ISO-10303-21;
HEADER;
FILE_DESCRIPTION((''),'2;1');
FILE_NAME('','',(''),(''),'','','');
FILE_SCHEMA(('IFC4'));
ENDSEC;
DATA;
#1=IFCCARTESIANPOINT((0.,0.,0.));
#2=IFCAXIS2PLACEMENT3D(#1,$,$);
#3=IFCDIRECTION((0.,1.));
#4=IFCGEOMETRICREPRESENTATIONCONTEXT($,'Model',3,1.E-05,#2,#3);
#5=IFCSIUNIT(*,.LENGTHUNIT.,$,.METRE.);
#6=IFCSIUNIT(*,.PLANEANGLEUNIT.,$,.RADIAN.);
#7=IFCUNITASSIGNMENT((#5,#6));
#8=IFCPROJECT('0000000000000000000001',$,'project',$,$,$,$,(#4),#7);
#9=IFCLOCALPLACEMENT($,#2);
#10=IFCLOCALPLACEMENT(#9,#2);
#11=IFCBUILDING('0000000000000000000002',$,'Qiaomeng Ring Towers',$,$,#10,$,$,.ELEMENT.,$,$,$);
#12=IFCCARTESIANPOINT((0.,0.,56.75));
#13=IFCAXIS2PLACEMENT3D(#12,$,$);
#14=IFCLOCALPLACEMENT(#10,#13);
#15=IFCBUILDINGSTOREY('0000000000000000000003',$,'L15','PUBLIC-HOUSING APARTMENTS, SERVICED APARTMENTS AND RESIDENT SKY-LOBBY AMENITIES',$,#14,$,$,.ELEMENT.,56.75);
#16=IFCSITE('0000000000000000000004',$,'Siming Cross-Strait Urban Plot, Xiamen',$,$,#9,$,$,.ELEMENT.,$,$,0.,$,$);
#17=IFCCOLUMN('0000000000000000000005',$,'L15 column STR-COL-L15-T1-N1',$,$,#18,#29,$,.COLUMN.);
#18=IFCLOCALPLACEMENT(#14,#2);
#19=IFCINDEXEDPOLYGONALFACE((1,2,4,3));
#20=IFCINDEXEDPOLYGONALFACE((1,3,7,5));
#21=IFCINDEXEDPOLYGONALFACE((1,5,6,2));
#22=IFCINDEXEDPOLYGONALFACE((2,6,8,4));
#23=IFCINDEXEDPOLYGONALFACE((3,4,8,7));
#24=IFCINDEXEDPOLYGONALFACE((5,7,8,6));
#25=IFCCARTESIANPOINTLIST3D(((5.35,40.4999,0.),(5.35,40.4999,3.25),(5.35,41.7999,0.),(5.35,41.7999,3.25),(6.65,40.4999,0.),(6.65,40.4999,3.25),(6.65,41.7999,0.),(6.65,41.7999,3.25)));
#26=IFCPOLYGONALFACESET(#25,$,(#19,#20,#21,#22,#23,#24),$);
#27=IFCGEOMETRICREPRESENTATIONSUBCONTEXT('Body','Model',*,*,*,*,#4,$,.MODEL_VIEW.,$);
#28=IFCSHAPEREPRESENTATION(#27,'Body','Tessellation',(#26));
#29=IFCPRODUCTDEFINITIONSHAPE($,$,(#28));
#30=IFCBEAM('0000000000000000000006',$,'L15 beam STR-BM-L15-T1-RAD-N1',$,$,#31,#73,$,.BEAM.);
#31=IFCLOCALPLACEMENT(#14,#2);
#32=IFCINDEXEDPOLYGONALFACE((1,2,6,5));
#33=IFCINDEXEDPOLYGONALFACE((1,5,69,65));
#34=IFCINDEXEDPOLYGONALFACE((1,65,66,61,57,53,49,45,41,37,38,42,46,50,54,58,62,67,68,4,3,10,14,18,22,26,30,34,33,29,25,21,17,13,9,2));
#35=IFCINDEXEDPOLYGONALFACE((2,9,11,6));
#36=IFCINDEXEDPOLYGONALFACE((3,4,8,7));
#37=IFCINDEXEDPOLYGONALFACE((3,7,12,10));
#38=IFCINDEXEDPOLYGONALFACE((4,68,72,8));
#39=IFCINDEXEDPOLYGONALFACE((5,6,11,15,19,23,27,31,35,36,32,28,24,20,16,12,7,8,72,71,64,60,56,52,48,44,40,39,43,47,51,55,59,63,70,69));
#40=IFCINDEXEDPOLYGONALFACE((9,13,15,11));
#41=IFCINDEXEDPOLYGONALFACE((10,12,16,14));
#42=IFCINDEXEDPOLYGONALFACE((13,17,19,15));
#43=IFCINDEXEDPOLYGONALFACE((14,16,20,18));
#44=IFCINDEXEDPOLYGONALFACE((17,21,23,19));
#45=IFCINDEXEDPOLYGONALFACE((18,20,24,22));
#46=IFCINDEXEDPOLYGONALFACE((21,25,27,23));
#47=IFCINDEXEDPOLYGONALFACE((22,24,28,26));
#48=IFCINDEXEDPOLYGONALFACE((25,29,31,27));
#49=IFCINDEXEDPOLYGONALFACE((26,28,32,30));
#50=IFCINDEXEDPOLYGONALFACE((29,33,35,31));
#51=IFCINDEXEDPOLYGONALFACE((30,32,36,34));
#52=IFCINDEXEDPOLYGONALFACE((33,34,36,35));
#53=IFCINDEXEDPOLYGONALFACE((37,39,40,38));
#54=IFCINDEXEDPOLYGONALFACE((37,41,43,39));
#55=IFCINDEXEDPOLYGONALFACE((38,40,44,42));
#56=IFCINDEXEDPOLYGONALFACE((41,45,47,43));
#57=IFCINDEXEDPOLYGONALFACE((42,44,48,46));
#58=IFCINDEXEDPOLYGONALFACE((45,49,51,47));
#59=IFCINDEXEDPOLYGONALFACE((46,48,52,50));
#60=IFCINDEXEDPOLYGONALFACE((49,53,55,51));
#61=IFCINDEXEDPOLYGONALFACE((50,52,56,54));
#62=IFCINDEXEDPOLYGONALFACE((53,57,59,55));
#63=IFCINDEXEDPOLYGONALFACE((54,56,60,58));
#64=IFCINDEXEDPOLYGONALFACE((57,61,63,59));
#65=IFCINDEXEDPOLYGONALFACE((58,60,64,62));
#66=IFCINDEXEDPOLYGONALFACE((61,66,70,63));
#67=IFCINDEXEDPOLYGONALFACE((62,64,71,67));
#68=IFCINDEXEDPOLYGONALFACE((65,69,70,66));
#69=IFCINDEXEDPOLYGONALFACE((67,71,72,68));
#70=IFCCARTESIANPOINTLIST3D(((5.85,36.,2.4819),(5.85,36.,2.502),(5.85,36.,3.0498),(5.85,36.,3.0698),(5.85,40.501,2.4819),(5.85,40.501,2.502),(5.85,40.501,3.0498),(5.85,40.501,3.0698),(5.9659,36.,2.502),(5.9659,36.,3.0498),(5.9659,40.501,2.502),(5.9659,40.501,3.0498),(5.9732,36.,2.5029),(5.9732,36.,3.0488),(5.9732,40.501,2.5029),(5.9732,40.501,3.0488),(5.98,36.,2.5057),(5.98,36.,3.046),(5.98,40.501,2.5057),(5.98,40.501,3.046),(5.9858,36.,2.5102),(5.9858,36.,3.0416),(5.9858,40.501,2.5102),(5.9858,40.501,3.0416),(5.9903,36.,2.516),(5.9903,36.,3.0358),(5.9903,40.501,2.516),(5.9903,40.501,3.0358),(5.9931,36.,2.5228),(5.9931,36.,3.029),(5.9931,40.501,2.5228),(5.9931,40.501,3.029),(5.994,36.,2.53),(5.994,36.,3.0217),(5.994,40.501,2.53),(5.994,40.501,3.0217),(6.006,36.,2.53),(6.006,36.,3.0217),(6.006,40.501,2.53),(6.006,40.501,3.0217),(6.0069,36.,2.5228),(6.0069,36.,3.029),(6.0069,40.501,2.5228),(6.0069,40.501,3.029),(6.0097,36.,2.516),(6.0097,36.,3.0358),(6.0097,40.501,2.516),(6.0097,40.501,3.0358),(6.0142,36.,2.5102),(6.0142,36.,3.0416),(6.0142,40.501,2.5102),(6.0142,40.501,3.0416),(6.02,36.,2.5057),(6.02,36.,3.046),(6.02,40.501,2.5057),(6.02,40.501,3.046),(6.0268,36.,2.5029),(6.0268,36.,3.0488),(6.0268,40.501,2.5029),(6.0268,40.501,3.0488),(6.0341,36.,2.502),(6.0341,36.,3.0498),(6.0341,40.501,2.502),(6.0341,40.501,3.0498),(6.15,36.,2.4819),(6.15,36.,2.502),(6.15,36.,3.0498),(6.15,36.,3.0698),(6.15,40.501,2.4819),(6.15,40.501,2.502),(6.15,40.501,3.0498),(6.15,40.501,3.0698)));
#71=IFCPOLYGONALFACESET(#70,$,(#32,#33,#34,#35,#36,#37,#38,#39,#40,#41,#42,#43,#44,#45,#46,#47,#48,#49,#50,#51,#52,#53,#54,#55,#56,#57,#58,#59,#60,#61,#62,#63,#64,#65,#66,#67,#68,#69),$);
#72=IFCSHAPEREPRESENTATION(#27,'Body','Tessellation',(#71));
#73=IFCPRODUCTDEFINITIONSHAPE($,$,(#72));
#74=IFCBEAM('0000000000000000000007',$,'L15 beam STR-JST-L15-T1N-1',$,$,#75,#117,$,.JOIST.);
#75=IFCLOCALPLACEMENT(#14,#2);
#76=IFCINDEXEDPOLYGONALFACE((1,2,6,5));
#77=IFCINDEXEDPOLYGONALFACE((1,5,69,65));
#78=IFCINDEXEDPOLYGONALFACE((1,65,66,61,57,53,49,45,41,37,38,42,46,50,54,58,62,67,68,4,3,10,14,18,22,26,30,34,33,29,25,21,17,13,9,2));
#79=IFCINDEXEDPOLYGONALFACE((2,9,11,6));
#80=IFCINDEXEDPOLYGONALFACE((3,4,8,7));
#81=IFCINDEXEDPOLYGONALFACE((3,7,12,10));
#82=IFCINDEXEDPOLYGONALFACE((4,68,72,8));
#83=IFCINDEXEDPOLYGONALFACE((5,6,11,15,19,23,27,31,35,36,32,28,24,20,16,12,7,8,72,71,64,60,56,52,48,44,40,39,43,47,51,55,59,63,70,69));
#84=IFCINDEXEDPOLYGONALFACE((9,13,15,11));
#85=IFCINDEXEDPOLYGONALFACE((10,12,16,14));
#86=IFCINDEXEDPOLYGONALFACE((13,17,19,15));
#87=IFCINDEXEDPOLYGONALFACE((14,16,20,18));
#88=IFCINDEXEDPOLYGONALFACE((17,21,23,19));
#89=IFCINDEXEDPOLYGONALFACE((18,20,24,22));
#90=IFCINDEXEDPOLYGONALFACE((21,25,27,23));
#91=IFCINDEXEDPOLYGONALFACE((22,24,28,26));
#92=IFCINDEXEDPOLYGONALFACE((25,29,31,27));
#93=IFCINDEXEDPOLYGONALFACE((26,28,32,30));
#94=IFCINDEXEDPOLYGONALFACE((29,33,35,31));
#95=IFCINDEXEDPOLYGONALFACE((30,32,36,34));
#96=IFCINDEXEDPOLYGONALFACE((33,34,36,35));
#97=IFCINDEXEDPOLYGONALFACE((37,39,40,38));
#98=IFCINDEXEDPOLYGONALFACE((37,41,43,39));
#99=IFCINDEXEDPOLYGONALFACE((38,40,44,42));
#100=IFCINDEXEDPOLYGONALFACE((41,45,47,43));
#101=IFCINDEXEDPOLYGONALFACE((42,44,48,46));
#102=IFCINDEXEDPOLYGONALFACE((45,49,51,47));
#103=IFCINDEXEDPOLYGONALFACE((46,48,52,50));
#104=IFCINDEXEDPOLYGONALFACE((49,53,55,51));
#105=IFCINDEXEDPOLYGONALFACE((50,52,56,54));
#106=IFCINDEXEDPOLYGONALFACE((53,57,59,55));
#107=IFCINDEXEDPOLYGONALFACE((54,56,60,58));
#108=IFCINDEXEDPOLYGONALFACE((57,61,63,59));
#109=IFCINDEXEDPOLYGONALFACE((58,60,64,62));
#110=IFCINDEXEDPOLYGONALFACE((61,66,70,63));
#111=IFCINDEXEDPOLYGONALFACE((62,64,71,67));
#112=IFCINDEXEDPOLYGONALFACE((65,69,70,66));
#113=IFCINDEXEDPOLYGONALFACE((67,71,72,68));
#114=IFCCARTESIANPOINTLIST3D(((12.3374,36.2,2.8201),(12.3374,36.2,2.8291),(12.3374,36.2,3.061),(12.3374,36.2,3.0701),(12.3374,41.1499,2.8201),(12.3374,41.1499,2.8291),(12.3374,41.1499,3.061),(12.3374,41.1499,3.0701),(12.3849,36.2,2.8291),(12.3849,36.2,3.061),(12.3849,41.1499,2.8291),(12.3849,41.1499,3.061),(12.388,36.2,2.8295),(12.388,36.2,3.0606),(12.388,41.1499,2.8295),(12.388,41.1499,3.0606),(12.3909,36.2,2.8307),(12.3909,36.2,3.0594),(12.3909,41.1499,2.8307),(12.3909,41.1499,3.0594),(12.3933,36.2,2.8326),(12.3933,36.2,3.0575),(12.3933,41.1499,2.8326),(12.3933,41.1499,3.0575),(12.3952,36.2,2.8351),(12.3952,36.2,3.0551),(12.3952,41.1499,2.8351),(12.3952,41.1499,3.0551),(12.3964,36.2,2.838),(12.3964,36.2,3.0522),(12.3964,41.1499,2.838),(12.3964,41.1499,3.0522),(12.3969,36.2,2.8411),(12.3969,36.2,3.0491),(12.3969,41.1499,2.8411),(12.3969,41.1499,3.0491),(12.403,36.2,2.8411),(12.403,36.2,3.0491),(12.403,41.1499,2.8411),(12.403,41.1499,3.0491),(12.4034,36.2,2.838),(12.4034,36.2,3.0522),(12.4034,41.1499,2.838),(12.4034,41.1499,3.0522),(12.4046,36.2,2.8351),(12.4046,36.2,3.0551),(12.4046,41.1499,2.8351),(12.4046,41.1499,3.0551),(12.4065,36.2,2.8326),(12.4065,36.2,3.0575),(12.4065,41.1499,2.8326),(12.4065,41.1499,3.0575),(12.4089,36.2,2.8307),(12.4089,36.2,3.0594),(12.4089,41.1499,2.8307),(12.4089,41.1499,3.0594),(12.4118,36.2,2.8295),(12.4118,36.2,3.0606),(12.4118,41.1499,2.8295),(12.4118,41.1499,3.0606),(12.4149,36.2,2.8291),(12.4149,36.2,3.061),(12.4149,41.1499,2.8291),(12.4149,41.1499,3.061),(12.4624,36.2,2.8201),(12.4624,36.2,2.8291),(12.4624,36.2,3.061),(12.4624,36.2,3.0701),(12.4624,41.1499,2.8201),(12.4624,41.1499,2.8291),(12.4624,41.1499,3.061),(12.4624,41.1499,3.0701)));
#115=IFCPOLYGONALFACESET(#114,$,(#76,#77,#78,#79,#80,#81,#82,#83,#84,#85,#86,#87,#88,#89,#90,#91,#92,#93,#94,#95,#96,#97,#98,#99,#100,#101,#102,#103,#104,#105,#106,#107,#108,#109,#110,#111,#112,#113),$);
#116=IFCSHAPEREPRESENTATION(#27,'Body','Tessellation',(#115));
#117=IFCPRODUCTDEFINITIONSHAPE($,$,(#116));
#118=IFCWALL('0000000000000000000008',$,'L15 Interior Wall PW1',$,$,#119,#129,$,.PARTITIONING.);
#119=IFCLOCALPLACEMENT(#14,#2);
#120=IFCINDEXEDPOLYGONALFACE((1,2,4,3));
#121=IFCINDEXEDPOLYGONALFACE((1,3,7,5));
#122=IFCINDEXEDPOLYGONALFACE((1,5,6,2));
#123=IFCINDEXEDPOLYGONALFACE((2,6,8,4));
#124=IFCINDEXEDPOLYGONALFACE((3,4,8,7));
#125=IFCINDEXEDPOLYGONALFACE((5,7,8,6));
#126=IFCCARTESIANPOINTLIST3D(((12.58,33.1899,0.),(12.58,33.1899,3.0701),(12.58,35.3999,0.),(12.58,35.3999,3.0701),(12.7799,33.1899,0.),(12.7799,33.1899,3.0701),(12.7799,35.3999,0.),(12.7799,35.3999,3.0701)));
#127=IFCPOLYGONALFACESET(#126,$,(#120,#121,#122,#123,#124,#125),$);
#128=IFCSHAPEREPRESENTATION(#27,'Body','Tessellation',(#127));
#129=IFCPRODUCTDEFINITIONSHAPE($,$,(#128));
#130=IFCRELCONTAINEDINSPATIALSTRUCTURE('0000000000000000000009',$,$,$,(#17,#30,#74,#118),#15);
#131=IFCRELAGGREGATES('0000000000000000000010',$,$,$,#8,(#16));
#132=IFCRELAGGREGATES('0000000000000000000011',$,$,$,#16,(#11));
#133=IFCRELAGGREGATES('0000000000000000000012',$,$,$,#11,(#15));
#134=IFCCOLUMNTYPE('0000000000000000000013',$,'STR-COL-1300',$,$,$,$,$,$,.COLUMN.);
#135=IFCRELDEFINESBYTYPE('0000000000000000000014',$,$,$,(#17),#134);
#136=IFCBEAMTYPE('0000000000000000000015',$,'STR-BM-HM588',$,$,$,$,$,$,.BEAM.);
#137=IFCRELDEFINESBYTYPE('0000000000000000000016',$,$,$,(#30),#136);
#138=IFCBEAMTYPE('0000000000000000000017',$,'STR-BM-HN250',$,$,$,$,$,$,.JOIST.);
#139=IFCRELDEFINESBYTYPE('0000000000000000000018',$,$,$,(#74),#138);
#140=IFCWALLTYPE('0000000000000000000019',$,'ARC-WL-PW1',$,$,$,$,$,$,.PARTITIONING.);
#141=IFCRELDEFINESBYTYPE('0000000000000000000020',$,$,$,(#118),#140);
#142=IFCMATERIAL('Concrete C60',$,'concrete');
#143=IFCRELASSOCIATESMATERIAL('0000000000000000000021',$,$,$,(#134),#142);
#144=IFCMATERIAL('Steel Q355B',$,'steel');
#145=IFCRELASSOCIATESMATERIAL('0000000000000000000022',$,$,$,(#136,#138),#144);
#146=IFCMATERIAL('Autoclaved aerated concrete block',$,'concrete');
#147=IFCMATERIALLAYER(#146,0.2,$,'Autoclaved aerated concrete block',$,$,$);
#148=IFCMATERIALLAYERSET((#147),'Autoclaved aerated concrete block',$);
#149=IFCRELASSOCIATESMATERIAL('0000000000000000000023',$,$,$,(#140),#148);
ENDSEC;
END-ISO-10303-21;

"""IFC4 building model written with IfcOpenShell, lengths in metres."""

from ifc_helpers import new_model, si_unit, direction, frame, frame_2d, origin, origin_2d, place, context, subcontext, project, spatial, rectangle, i_section, extrude, source, transform, mapped, material, layer, layer_set, material_profile, profile_set, type_object, element, save


model = new_model("IFC4")

# Units and contexts
model_context = context("Model", 3, precision=1e-05, world=origin(), true_north=direction((0.0, 1.0)))
body_context = subcontext(model_context, "Body", "Model", "MODEL_VIEW")
ifc_project = project(units=[si_unit("LENGTHUNIT", "METRE"), si_unit("PLANEANGLEUNIT", "RADIAN")], contexts=[model_context])

# Site, building, storey
site_placement = place(None, origin())
site = spatial("IfcSite", under=ifc_project, at=site_placement, Name="Siming Cross-Strait Urban Plot, Xiamen", CompositionType="ELEMENT", RefElevation=0.0)
building_placement = place(site_placement, origin())
building = spatial("IfcBuilding", under=site, at=building_placement, Name="Qiaomeng Ring Towers", CompositionType="ELEMENT")
storey_placement = place(building_placement, frame((0.0, 0.0, 56.75)))
storey = spatial("IfcBuildingStorey", under=building, at=storey_placement, Name="L15", Description="PUBLIC-HOUSING APARTMENTS, SERVICED APARTMENTS AND RESIDENT SKY-LOBBY AMENITIES", CompositionType="ELEMENT", Elevation=56.75)

# Column
ifc_material_1 = material(Name="Concrete C60", Category="concrete")
ifc_material_profile_1 = material_profile(ifc_material_1, rectangle(XDim=1.3, YDim=1.3, at=origin_2d()), Name="RC COL 1300x1300")
ifc_profile_set_1 = profile_set([ifc_material_profile_1], Name="Concrete C60")
column_type = type_object("IfcColumnType", Name="STR-COL-1300", PredefinedType="COLUMN", material=ifc_profile_set_1)
shared_shape_1 = source(origin(), body_context, "Body", "SweptSolid", [
    extrude(rectangle(XDim=1.3, YDim=1.3, at=origin_2d()), origin(), (0.0, 0.0, 1.0), 3.25),
])
column_placement = place(storey_placement, frame((6.0, 41.1499, 0.0), z_axis=(0.0, 0.0, 1.0), x_axis=(1.0, 0.0, 0.0)))
element("IfcColumn", 1, at=column_placement, inside=storey, type_object=column_type, Name="L15 column STR-COL-L15-T1-N1", PredefinedType="COLUMN", context=body_context, shape_type="MappedRepresentation", body=[
    mapped(shared_shape_1, transform((0.0, 0.0, 0.0), x_axis=(1.0, 0.0, 0.0), y_axis=(0.0, 1.0, 0.0), z_axis=(0.0, 0.0, 1.0), scale=1.0)),
])

# Beams
ifc_material_2 = material(Name="Steel Q355B", Category="steel")
ifc_material_profile_2 = material_profile(ifc_material_2, i_section(OverallWidth=0.3, OverallDepth=0.5879, WebThickness=0.012, FlangeThickness=0.02, FilletRadius=0.0281, at=origin_2d()), Name="HM 588x300x12x20")
ifc_profile_set_2 = profile_set([ifc_material_profile_2], Name="Steel Q355B")
beam_type_1 = type_object("IfcBeamType", Name="STR-BM-HM588", PredefinedType="BEAM", material=ifc_profile_set_2)
shared_shape_2 = source(origin(), body_context, "Body", "SweptSolid", [
    extrude(i_section(OverallWidth=0.3, OverallDepth=0.5879, WebThickness=0.012, FlangeThickness=0.02, FilletRadius=0.0281, at=origin_2d()), origin(), (0.0, 0.0, 1.0), 4.501),
])
beam_1_placement = place(storey_placement, frame((6.0, 40.501, 2.7759), z_axis=(0.0, -1.0, 0.0), x_axis=(1.0, 0.0, 0.0)))
element("IfcBeam", 2, at=beam_1_placement, inside=storey, type_object=beam_type_1, Name="L15 beam STR-BM-L15-T1-RAD-N1", PredefinedType="BEAM", context=body_context, shape_type="MappedRepresentation", body=[
    mapped(shared_shape_2, transform((0.0, 0.0, 0.0), x_axis=(1.0, 0.0, 0.0), y_axis=(0.0, 1.0, 0.0), z_axis=(0.0, 0.0, 1.0), scale=1.0)),
])
ifc_material_profile_3 = material_profile(ifc_material_2, i_section(OverallWidth=0.125, OverallDepth=0.25, WebThickness=0.0061, FlangeThickness=0.009, FilletRadius=0.012, at=origin_2d()), Name="HN 250x125x6x9")
ifc_profile_set_3 = profile_set([ifc_material_profile_3], Name="Steel Q355B")
beam_type_2 = type_object("IfcBeamType", Name="STR-BM-HN250", PredefinedType="JOIST", material=ifc_profile_set_3)
shared_shape_3 = source(origin(), body_context, "Body", "SweptSolid", [
    extrude(i_section(OverallWidth=0.125, OverallDepth=0.25, WebThickness=0.0061, FlangeThickness=0.009, FilletRadius=0.012, at=origin_2d()), origin(), (0.0, 0.0, 1.0), 4.95),
])
beam_2_placement = place(storey_placement, frame((12.3999, 36.2, 2.9451), z_axis=(0.0, 1.0, 0.0), x_axis=(-1.0, 0.0, 0.0)))
element("IfcBeam", 3, at=beam_2_placement, inside=storey, type_object=beam_type_2, Name="L15 beam STR-JST-L15-T1N-1", PredefinedType="JOIST", context=body_context, shape_type="MappedRepresentation", body=[
    mapped(shared_shape_3, transform((0.0, 0.0, 0.0), x_axis=(1.0, 0.0, 0.0), y_axis=(0.0, 1.0, 0.0), z_axis=(0.0, 0.0, 1.0), scale=1.0)),
])

# Wall
ifc_material_3 = material(Name="Autoclaved aerated concrete block", Category="concrete")
ifc_layer_1 = layer(ifc_material_3, 0.2, Name="Autoclaved aerated concrete block")
ifc_layer_set_1 = layer_set([ifc_layer_1], Name="Autoclaved aerated concrete block")
wall_type_1 = type_object("IfcWallType", Name="ARC-WL-PW1", PredefinedType="PARTITIONING", material=ifc_layer_set_1)
wall_1_placement = place(storey_placement, frame((12.6799, 33.1899, 0.0), z_axis=(0.0, 0.0, 1.0), x_axis=(0.0, 1.0, 0.0)))
element("IfcWall", 4, at=wall_1_placement, inside=storey, type_object=wall_type_1, Name="L15 Interior Wall PW1", PredefinedType="PARTITIONING", context=body_context, shape_type="SweptSolid", body=[
    extrude(rectangle(XDim=2.21, YDim=0.2, at=frame_2d((1.105, 0.0))), origin(), (0.0, 0.0, 1.0), 3.0701),
])

save(model, "model.ifc")
